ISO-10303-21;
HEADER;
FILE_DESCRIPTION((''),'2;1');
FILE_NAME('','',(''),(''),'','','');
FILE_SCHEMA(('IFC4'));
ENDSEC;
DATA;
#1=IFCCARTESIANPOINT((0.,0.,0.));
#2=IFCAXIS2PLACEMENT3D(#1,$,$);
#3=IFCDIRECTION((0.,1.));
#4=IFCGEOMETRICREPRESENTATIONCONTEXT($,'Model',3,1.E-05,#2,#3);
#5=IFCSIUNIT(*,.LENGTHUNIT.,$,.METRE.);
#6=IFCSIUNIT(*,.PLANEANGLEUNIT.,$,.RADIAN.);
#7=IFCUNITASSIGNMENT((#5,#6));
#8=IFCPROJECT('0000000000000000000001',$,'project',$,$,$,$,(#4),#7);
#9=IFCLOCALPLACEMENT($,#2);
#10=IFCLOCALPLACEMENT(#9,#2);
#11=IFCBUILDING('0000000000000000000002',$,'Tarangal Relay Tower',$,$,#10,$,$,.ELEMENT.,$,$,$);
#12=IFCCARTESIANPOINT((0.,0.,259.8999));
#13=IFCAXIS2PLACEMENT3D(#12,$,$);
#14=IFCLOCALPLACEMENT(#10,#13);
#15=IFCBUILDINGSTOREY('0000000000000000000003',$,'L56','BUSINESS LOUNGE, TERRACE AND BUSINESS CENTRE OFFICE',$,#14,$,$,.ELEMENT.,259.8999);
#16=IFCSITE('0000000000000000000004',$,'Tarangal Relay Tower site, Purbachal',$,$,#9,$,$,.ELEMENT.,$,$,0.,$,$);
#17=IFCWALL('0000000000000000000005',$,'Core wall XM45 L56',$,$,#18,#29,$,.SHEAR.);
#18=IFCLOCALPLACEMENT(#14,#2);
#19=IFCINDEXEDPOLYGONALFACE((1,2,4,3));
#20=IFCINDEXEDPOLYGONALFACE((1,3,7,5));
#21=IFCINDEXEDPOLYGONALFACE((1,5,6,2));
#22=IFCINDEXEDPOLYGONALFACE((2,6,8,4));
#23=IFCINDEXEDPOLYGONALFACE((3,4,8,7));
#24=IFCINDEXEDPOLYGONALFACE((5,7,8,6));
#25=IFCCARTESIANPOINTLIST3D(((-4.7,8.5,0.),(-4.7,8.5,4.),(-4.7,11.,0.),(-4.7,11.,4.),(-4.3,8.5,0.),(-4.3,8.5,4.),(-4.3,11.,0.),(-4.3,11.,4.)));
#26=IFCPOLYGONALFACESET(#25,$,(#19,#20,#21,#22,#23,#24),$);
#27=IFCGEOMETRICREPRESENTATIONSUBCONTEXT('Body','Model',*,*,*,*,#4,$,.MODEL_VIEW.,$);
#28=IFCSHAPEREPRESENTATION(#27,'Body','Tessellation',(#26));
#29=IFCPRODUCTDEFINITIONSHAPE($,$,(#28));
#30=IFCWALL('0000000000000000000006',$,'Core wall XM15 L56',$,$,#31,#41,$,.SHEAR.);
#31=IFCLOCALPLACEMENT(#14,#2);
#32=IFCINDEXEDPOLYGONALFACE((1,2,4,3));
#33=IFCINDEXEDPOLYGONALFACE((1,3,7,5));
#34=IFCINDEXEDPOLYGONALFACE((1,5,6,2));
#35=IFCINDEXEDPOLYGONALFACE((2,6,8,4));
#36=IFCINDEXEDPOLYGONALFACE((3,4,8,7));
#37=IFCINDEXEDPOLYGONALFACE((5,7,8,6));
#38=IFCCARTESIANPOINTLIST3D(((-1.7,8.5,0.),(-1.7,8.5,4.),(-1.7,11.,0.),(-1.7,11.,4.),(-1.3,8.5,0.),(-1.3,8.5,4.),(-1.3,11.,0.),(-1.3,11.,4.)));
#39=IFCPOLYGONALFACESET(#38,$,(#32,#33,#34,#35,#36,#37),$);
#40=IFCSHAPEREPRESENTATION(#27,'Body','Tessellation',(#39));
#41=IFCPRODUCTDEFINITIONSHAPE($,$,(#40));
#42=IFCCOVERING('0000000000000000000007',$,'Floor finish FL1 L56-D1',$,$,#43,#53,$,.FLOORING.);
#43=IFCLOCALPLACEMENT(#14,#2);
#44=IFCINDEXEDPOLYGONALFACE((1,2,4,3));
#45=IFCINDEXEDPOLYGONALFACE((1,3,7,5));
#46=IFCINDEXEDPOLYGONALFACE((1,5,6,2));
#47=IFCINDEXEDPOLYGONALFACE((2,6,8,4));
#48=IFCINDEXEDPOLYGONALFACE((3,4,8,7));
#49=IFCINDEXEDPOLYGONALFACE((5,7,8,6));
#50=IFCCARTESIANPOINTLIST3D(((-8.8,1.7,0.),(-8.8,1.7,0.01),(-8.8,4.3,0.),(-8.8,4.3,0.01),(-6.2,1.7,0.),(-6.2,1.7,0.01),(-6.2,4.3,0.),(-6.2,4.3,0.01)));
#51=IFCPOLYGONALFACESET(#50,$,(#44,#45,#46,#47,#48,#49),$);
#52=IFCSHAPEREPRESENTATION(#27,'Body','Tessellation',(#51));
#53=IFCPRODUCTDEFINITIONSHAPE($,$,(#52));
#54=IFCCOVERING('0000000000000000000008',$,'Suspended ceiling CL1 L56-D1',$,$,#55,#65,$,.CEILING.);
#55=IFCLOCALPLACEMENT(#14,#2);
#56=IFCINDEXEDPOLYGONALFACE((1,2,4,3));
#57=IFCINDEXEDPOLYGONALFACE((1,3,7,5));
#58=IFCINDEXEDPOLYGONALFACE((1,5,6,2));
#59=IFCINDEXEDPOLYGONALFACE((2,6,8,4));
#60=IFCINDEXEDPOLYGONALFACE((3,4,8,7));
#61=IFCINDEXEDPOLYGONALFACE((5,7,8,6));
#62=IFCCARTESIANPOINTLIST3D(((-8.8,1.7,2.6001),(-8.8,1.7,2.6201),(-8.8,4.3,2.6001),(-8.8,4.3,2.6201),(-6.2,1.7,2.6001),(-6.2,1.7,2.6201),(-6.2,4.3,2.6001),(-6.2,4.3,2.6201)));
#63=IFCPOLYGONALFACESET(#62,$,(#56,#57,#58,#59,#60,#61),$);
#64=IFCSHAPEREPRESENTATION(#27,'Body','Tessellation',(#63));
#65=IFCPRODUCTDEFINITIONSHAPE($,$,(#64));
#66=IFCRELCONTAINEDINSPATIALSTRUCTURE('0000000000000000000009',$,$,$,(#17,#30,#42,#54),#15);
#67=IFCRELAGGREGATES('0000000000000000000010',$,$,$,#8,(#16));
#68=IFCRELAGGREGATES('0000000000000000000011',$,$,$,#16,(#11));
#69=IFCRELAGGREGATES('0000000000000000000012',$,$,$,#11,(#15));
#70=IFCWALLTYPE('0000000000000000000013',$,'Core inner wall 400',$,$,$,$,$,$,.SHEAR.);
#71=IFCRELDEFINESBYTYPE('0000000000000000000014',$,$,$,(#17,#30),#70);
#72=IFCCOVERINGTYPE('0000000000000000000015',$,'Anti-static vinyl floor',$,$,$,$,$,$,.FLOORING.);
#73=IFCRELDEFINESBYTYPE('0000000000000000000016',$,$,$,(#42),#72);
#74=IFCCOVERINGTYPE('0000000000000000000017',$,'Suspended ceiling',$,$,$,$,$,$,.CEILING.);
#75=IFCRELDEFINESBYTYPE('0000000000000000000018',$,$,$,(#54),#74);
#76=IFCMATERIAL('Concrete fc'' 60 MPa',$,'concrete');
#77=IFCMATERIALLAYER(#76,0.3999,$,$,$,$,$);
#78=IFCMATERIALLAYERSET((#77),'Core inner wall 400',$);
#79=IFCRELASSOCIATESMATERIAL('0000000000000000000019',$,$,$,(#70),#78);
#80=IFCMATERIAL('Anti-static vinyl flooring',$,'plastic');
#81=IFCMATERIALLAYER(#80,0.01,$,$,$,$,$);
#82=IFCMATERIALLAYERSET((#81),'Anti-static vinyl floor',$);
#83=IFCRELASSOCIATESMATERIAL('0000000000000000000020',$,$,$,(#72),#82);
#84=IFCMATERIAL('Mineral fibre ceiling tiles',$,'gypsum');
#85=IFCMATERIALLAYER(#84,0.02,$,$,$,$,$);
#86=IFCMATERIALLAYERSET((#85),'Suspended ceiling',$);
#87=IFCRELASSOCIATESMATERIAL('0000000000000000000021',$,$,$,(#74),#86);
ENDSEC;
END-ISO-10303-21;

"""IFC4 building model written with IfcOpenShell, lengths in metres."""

from ifc_helpers import new_model, si_unit, direction, frame, frame_2d, origin, place, context, subcontext, project, spatial, polyline, rectangle, outline, extrude, material, layer, layer_set, type_object, element, save


model = new_model("IFC4")

# Units and contexts
model_context = context("Model", 3, precision=1e-05, world=origin(), true_north=direction((0.0, 1.0)))
body_context = subcontext(model_context, "Body", "Model", "MODEL_VIEW")
ifc_project = project(units=[si_unit("LENGTHUNIT", "METRE"), si_unit("PLANEANGLEUNIT", "RADIAN")], contexts=[model_context])

# Site, building, storey
site_placement = place(None, origin())
site = spatial("IfcSite", under=ifc_project, at=site_placement, Name="Tarangal Relay Tower site, Purbachal", CompositionType="ELEMENT", RefElevation=0.0)
building_placement = place(site_placement, origin())
building = spatial("IfcBuilding", under=site, at=building_placement, Name="Tarangal Relay Tower", CompositionType="ELEMENT")
storey_placement = place(building_placement, frame((0.0, 0.0, 259.8999)))
storey = spatial("IfcBuildingStorey", under=building, at=storey_placement, Name="L56", Description="BUSINESS LOUNGE, TERRACE AND BUSINESS CENTRE OFFICE", CompositionType="ELEMENT", Elevation=259.8999)

# Shared definitions
ifc_material_1 = material(Name="Concrete fc' 60 MPa", Category="concrete")
ifc_layer_1 = layer(ifc_material_1, 0.3999)
ifc_layer_set_1 = layer_set([ifc_layer_1], Name="Core inner wall 400")
wall_type = type_object("IfcWallType", Name="Core inner wall 400", PredefinedType="SHEAR", material=ifc_layer_set_1)

# Walls
for number, where, z_axis, x_axis, name in (
    (1, (-4.5, 8.5, 0.0), (0.0, 0.0, 1.0), (0.0, 1.0, 0.0), "Core wall XM45 L56"),
    (2, (-1.5, 8.5, 0.0), (0.0, 0.0, 1.0), (0.0, 1.0, 0.0), "Core wall XM15 L56"),
):
    element("IfcWall", number, at=place(storey_placement, frame(where, z_axis=z_axis, x_axis=x_axis)), inside=storey, type_object=wall_type, Name=name, PredefinedType="SHEAR", context=body_context, shape_type="SweptSolid", body=[
        extrude(rectangle(XDim=2.5, YDim=0.3999, at=frame_2d((1.25, 0.0))), origin(), (0.0, 0.0, 1.0), 4.0),
    ])

# Coverings
ifc_material_2 = material(Name="Anti-static vinyl flooring", Category="plastic")
ifc_layer_2 = layer(ifc_material_2, 0.01)
ifc_layer_set_2 = layer_set([ifc_layer_2], Name="Anti-static vinyl floor")
covering_type_1 = type_object("IfcCoveringType", Name="Anti-static vinyl floor", PredefinedType="FLOORING", material=ifc_layer_set_2)
covering_1_placement = place(storey_placement, origin())
element("IfcCovering", 3, at=covering_1_placement, inside=storey, type_object=covering_type_1, Name="Floor finish FL1 L56-D1", PredefinedType="FLOORING", context=body_context, shape_type="SweptSolid", body=[
    extrude(outline(polyline([(-8.8, 1.7), (-6.2, 1.7), (-6.2, 4.3), (-8.8, 4.3), (-8.8, 1.7)])), origin(), (0.0, 0.0, 1.0), 0.01),
])
ifc_material_3 = material(Name="Mineral fibre ceiling tiles", Category="gypsum")
ifc_layer_3 = layer(ifc_material_3, 0.02)
ifc_layer_set_3 = layer_set([ifc_layer_3], Name="Suspended ceiling")
covering_type_2 = type_object("IfcCoveringType", Name="Suspended ceiling", PredefinedType="CEILING", material=ifc_layer_set_3)
covering_2_placement = place(storey_placement, frame((0.0, 0.0, 2.6001)))
element("IfcCovering", 4, at=covering_2_placement, inside=storey, type_object=covering_type_2, Name="Suspended ceiling CL1 L56-D1", PredefinedType="CEILING", context=body_context, shape_type="SweptSolid", body=[
    extrude(outline(polyline([(-8.8, 1.7), (-6.2, 1.7), (-6.2, 4.3), (-8.8, 4.3), (-8.8, 1.7)])), origin(), (0.0, 0.0, 1.0), 0.02),
])

save(model, "model.ifc")
